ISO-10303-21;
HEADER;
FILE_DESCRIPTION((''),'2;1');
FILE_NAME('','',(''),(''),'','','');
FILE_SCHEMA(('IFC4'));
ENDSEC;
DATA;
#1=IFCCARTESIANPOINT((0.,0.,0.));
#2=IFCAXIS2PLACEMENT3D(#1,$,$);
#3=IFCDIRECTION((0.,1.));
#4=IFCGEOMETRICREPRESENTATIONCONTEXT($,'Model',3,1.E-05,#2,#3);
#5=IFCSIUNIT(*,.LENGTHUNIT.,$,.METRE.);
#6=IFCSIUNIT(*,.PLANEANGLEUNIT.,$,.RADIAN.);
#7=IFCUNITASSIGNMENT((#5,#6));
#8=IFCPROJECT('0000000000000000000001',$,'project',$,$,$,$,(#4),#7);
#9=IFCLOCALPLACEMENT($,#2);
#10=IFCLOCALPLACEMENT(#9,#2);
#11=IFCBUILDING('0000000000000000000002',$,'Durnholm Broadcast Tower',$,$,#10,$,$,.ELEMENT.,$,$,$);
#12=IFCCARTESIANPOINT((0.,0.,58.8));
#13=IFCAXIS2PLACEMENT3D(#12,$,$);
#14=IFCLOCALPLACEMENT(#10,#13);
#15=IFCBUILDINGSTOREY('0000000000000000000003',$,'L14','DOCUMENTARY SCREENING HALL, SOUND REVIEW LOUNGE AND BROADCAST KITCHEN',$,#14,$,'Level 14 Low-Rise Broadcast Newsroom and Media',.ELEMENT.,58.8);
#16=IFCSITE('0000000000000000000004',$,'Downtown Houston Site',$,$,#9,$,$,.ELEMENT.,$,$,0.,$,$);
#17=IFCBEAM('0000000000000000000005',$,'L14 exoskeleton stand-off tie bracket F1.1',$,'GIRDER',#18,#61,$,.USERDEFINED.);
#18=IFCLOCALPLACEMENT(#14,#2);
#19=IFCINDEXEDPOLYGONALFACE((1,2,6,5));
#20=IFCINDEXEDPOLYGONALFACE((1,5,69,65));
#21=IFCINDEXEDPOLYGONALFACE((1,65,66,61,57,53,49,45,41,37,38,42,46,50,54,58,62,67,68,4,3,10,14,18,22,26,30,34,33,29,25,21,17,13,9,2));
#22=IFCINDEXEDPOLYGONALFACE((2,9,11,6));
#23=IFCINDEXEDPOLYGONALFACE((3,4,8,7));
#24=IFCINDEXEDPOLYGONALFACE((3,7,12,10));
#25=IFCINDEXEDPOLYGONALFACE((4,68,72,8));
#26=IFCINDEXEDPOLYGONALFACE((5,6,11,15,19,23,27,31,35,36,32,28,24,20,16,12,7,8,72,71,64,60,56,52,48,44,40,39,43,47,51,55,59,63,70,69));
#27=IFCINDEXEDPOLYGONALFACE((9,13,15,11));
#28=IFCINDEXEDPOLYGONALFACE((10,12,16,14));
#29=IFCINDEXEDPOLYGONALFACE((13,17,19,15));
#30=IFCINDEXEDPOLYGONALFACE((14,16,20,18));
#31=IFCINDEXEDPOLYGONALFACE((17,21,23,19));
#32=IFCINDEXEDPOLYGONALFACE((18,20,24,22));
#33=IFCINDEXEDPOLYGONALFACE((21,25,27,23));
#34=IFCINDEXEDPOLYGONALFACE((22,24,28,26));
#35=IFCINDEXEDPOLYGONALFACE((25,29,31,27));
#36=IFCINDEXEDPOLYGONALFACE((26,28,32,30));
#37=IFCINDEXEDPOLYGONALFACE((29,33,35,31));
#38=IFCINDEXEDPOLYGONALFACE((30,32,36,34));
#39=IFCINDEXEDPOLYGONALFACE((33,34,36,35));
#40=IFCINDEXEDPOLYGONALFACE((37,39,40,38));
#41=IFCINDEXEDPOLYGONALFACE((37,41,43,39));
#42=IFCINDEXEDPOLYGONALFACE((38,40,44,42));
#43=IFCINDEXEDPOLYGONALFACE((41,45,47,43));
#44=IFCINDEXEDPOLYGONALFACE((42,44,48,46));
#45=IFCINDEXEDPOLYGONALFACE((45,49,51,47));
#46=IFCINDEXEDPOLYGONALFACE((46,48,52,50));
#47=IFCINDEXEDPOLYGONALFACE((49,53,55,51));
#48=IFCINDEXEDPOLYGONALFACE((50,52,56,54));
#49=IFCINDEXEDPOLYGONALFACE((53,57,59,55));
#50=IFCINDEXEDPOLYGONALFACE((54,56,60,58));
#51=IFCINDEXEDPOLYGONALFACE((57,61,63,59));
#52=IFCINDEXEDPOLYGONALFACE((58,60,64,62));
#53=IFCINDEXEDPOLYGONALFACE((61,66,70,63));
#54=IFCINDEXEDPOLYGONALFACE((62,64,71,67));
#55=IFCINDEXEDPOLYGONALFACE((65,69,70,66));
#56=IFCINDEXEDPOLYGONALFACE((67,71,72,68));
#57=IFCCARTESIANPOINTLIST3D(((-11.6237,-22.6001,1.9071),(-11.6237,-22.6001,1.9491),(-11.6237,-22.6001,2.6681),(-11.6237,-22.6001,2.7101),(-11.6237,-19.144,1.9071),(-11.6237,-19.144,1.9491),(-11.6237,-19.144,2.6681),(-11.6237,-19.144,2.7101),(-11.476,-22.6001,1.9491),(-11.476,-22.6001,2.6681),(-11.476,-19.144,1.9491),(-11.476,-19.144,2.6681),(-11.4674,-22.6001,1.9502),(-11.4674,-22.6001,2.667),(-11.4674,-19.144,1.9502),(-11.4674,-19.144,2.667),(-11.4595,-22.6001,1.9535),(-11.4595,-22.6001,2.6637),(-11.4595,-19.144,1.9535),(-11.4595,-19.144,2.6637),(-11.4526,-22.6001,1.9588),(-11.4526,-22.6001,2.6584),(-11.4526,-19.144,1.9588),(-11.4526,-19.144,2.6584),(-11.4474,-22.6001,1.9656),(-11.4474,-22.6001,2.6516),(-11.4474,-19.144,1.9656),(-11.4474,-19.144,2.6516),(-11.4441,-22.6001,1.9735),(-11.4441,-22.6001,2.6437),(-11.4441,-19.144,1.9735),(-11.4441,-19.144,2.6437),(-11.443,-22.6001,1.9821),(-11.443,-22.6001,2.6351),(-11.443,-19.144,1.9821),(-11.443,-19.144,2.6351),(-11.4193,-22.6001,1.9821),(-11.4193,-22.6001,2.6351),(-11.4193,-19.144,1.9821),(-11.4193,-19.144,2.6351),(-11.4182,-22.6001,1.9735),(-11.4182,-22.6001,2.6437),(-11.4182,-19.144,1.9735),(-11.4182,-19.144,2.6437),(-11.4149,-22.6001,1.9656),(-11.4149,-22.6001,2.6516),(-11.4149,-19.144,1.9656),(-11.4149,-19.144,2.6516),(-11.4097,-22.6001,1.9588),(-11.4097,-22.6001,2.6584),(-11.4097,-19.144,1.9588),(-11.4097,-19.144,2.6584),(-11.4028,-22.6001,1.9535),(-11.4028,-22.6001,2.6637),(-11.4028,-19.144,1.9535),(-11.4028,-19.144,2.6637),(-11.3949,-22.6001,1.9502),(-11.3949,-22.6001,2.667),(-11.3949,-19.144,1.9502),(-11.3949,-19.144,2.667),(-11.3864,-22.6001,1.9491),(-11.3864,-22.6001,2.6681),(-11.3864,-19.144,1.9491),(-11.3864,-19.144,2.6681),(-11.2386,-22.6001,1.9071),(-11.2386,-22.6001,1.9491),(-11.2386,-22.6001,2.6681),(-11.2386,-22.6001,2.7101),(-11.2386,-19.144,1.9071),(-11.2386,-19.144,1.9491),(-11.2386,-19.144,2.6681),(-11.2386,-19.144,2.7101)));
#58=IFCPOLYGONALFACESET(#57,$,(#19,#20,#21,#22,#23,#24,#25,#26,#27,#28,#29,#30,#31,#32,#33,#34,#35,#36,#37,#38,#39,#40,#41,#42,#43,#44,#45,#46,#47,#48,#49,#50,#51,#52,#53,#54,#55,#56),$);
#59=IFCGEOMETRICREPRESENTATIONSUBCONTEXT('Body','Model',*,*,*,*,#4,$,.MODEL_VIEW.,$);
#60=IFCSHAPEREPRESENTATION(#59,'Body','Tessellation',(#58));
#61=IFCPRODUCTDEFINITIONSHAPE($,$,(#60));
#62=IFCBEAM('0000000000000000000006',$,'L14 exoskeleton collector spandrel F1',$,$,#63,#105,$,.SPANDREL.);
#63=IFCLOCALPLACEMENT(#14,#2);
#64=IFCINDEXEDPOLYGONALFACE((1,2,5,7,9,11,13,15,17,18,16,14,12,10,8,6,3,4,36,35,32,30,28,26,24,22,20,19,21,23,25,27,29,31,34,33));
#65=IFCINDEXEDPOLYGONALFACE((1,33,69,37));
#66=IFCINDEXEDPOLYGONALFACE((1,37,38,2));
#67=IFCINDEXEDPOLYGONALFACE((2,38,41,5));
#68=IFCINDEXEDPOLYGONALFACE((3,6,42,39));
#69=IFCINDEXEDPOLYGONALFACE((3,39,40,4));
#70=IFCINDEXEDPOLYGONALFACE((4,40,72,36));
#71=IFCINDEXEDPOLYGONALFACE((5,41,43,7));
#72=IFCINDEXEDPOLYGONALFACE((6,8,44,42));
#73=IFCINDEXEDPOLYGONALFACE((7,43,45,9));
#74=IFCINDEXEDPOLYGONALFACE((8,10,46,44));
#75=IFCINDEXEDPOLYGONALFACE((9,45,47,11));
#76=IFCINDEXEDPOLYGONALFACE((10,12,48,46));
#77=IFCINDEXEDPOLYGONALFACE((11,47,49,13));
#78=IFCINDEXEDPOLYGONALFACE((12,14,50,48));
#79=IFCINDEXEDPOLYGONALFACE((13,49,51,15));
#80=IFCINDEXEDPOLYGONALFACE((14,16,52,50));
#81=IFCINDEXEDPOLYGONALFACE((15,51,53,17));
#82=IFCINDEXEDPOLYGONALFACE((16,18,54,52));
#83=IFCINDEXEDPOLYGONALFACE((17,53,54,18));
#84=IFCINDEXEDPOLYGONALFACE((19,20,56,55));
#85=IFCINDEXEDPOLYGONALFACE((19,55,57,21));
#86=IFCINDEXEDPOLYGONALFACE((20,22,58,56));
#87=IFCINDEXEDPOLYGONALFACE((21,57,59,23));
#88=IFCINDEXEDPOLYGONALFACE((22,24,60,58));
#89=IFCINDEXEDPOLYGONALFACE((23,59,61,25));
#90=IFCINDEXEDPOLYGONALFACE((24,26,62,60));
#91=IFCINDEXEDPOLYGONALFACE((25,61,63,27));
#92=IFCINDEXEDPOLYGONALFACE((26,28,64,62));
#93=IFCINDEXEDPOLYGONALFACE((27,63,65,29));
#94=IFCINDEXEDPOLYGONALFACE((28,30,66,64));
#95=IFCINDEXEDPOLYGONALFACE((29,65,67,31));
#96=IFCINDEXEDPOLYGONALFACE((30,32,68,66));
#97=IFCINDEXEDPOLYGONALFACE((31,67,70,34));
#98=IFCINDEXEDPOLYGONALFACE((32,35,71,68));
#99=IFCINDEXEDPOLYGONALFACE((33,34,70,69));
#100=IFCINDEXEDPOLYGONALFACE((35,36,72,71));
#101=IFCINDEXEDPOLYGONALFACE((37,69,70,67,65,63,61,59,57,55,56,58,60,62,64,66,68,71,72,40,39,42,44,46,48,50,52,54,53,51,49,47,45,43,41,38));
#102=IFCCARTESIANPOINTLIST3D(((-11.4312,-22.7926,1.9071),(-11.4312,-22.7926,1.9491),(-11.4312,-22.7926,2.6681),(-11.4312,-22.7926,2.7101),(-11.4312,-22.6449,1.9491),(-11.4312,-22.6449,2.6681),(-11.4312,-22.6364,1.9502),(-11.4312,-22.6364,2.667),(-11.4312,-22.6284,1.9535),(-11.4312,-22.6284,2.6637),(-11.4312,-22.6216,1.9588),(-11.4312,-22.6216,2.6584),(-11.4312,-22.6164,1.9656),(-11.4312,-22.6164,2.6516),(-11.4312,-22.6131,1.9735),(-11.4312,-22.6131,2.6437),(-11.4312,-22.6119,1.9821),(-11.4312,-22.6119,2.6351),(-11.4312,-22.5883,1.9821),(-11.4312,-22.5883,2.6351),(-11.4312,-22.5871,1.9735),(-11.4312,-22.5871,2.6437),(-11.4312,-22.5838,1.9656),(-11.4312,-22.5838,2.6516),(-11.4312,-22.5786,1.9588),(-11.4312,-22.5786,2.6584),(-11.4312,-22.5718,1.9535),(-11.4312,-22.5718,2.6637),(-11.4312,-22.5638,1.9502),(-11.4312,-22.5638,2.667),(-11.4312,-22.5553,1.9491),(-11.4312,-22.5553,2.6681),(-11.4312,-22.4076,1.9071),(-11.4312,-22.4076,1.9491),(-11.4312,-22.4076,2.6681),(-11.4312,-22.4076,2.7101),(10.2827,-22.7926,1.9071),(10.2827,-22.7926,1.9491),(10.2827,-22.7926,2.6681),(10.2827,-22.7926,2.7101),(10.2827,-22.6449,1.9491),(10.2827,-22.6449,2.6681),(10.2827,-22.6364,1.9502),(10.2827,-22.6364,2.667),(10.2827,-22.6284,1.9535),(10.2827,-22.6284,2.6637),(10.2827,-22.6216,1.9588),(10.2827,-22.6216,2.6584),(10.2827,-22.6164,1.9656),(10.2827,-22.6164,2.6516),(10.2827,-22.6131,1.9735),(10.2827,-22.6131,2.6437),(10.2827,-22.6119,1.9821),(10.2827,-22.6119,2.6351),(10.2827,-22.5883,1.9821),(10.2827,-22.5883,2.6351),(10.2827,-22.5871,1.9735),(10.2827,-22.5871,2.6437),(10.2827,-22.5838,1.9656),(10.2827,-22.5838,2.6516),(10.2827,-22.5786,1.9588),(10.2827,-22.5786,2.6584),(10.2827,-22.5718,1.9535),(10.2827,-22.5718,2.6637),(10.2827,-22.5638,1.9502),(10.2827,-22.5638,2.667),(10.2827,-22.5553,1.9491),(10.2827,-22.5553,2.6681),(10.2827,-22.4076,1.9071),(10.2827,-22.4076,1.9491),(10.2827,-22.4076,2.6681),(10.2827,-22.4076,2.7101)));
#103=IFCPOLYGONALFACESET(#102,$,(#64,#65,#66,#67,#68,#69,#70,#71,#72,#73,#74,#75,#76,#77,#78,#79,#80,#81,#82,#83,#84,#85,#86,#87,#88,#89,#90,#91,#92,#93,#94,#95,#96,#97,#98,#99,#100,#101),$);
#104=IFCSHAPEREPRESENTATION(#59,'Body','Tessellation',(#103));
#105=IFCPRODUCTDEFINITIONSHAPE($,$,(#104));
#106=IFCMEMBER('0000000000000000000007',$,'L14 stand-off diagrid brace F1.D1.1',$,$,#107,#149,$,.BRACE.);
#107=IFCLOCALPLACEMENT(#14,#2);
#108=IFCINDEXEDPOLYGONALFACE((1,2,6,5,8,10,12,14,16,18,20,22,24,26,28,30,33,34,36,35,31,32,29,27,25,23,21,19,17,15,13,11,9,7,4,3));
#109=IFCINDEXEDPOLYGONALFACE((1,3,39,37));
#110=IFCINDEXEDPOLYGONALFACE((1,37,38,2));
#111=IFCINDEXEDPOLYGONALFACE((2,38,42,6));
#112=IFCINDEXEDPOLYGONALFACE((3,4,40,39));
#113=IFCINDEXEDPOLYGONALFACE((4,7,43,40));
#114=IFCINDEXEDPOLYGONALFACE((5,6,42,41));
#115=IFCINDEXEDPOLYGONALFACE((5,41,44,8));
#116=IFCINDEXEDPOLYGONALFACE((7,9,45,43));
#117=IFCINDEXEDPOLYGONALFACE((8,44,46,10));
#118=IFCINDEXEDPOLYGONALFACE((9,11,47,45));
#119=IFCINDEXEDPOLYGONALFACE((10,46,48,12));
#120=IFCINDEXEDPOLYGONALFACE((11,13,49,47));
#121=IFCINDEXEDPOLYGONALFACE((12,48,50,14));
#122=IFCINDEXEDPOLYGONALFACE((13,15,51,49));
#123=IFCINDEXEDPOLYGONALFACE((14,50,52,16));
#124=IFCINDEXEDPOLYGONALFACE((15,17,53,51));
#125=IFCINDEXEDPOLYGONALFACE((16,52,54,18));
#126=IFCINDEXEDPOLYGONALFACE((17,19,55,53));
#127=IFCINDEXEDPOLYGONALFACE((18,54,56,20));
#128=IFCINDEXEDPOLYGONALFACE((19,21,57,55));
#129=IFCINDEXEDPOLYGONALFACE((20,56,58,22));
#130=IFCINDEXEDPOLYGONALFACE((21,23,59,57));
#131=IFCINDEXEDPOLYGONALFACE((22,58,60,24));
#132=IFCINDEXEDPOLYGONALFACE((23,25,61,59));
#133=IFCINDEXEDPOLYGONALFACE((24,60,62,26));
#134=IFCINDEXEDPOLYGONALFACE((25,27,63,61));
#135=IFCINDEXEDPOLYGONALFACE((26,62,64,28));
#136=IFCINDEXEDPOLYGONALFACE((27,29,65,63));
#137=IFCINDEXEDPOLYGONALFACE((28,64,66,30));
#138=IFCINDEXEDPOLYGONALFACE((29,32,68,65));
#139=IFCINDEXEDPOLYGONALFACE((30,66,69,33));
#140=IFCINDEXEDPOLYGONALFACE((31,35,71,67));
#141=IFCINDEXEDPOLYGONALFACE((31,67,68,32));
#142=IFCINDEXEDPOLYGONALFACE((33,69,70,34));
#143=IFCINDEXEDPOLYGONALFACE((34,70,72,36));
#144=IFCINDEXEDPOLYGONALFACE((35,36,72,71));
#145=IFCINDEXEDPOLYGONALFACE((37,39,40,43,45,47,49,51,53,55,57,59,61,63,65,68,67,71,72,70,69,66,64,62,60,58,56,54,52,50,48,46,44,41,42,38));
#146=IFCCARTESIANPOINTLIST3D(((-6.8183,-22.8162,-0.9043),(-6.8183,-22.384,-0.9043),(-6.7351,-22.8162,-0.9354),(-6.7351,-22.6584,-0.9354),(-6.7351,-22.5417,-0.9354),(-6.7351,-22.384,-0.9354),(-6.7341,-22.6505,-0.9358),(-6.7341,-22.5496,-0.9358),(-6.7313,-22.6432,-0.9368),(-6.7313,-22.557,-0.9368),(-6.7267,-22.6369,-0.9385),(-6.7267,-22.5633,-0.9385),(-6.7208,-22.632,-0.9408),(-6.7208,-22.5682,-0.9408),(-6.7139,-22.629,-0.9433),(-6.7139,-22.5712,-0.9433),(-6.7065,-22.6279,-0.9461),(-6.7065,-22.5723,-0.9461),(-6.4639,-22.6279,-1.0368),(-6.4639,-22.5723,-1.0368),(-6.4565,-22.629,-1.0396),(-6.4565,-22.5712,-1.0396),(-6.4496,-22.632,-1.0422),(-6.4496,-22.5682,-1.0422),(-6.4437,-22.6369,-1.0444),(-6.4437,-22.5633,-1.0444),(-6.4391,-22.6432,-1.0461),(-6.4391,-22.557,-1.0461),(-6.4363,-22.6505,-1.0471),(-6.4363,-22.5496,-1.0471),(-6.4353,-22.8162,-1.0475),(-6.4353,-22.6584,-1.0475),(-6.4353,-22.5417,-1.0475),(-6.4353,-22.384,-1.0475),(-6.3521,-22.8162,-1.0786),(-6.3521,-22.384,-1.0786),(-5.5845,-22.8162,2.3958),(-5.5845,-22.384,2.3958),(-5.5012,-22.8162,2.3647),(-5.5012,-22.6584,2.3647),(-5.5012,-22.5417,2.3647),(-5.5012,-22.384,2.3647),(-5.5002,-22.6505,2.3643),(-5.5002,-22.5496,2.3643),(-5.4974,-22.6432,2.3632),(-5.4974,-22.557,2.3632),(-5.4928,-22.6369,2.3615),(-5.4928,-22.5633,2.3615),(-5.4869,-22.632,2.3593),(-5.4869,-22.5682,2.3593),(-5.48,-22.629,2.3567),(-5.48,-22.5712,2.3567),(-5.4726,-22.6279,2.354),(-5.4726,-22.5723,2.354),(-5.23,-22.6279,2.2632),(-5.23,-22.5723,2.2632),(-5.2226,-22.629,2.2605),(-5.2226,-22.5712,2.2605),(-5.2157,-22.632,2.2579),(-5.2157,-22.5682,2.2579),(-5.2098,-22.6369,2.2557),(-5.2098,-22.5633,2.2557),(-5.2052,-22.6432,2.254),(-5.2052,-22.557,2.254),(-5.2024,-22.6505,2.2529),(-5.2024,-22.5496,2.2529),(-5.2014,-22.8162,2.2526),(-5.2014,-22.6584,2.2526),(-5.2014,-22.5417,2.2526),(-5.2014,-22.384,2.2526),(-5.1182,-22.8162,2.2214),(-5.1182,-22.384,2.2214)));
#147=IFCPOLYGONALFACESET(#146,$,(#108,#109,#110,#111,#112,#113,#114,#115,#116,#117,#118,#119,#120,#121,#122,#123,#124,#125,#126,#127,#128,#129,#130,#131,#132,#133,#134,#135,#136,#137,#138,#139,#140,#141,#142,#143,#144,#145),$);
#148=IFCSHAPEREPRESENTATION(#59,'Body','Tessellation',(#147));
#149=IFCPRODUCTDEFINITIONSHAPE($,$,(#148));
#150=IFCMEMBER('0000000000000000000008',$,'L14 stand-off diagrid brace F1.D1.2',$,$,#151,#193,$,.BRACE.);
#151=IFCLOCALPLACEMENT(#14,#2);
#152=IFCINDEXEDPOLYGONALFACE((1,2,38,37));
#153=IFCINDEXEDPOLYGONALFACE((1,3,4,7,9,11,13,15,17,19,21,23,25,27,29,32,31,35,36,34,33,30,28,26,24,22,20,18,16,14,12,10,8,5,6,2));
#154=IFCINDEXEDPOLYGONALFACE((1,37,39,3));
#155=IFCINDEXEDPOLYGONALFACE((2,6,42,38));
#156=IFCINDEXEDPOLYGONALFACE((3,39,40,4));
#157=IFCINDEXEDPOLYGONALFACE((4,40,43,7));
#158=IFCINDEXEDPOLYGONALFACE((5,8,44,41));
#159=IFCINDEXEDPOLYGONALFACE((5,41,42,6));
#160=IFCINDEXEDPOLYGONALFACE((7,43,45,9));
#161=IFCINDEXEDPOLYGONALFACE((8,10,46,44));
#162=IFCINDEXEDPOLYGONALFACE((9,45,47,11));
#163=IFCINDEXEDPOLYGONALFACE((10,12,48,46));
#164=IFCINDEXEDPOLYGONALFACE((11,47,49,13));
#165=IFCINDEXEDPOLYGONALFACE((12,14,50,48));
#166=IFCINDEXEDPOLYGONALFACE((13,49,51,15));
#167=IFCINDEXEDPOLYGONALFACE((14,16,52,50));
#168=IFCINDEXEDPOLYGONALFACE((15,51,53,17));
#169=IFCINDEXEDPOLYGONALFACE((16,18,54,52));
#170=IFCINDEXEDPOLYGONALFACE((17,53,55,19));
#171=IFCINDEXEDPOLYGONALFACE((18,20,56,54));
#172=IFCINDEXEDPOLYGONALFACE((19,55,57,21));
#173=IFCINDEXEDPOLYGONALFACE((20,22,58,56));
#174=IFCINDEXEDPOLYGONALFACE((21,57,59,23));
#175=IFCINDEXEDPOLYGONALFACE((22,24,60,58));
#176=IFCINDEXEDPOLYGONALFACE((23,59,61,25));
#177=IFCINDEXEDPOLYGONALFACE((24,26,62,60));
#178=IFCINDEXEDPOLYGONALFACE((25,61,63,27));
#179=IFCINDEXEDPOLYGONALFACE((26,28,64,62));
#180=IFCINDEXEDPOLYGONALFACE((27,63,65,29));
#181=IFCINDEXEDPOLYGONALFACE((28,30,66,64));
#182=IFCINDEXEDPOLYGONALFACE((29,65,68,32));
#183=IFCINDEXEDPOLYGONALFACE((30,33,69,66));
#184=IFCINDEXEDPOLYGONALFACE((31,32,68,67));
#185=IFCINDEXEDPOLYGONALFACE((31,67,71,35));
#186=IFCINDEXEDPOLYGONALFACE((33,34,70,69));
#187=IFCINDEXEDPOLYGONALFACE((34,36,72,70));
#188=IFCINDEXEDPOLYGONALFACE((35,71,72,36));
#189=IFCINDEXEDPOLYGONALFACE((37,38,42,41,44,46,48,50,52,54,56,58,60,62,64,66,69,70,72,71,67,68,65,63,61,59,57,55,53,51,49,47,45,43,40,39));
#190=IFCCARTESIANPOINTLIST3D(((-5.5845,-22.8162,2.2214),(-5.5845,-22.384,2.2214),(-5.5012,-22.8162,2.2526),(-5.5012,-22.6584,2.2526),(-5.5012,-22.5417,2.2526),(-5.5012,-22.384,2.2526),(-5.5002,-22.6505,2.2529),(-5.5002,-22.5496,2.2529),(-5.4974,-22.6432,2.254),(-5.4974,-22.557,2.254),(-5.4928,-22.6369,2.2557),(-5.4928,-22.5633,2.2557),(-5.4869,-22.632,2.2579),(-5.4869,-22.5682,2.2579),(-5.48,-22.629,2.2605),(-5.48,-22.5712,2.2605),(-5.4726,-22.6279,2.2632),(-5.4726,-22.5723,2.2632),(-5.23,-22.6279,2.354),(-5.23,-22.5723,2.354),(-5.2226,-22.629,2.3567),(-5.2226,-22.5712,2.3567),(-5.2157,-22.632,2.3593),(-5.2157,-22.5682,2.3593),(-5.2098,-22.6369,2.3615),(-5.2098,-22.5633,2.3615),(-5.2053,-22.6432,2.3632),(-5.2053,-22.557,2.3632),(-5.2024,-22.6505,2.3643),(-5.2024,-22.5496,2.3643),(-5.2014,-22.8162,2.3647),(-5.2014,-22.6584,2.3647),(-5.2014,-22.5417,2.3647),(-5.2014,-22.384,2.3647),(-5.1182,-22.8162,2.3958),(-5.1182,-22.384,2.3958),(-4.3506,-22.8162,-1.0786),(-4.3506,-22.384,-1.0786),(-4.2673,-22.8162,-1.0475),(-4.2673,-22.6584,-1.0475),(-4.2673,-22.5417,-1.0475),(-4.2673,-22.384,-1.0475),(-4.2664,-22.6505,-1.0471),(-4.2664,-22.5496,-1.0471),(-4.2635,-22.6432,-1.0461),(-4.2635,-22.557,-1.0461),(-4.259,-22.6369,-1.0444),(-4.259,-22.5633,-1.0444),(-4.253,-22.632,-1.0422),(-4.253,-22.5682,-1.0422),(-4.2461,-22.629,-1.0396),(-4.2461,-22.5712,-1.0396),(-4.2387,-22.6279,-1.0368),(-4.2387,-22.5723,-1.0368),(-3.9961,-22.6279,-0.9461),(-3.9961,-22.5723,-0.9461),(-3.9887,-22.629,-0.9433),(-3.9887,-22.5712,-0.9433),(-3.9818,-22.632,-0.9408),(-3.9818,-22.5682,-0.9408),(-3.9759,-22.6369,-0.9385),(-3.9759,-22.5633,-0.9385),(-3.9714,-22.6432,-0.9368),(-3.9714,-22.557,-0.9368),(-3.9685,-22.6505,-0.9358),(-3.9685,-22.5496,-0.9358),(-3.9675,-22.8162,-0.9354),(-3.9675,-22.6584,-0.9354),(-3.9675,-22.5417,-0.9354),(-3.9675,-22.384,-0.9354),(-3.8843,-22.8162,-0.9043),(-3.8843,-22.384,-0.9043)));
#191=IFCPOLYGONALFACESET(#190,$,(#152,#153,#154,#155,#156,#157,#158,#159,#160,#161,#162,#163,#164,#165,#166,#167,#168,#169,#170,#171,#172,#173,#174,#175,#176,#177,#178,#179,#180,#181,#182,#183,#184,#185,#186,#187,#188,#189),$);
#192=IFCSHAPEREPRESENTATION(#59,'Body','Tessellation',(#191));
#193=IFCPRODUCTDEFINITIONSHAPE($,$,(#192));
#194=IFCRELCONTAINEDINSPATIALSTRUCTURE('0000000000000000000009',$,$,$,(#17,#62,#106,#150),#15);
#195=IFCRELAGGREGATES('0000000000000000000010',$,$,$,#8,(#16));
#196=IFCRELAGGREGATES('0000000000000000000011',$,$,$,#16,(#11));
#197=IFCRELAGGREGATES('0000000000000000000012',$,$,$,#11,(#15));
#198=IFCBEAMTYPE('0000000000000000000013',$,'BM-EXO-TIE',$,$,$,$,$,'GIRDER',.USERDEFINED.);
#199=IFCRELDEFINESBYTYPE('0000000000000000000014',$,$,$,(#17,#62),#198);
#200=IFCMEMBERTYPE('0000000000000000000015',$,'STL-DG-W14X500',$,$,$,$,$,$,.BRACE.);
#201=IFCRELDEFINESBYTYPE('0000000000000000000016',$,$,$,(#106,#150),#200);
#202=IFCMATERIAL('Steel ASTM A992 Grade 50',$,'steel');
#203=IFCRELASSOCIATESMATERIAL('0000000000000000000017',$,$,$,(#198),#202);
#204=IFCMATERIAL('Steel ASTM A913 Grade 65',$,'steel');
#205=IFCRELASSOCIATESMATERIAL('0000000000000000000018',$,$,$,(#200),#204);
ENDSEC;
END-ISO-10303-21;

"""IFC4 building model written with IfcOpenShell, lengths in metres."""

from ifc_helpers import new_model, si_unit, direction, frame, origin, origin_2d, place, context, subcontext, project, spatial, i_section, extrude, source, transform, mapped, material, material_profile, profile_set, type_object, type_shapes, element, save


model = new_model("IFC4")

# Units and contexts
model_context = context("Model", 3, precision=1e-05, world=origin(), true_north=direction((0.0, 1.0)))
body_context = subcontext(model_context, "Body", "Model", "MODEL_VIEW")
ifc_project = project(units=[si_unit("LENGTHUNIT", "METRE"), si_unit("PLANEANGLEUNIT", "RADIAN")], contexts=[model_context])

# Site, building, storey
site_placement = place(None, origin())
site = spatial("IfcSite", under=ifc_project, at=site_placement, Name="Downtown Houston Site", CompositionType="ELEMENT", RefElevation=0.0)
building_placement = place(site_placement, origin())
building = spatial("IfcBuilding", under=site, at=building_placement, Name="Durnholm Broadcast Tower", CompositionType="ELEMENT")
storey_placement = place(building_placement, frame((0.0, 0.0, 58.8)))
storey = spatial("IfcBuildingStorey", under=building, at=storey_placement, Name="L14", Description="DOCUMENTARY SCREENING HALL, SOUND REVIEW LOUNGE AND BROADCAST KITCHEN", LongName="Level 14 Low-Rise Broadcast Newsroom and Media", CompositionType="ELEMENT", Elevation=58.8)

# Beams
ifc_material_1 = material(Name="Steel ASTM A992 Grade 50", Category="steel")
ifc_material_profile_1 = material_profile(ifc_material_1, i_section(OverallWidth=0.385, OverallDepth=0.803, WebThickness=0.0237, FlangeThickness=0.042, FilletRadius=0.033, at=origin_2d()), Name="W30X261")
ifc_profile_set_1 = profile_set([ifc_material_profile_1], Name="Steel ASTM A992 Grade 50")
beam_type_1 = type_object("IfcBeamType", Name="BM-EXO-TIE", ElementType="GIRDER", PredefinedType="USERDEFINED", material=ifc_profile_set_1)
shared_shape_1 = source(origin(), body_context, "Body", "SweptSolid", [
    extrude(i_section(OverallWidth=0.385, OverallDepth=0.803, WebThickness=0.0237, FlangeThickness=0.042, FilletRadius=0.033, at=origin_2d()), origin(), (0.0, 0.0, 1.0), 3.4561),
])
beam_1_placement = place(storey_placement, frame((-11.4312, -19.144, 2.3086), z_axis=(0.0, -1.0, 0.0), x_axis=(1.0, 0.0, 0.0)))
element("IfcBeam", 1, at=beam_1_placement, inside=storey, type_object=beam_type_1, Name="L14 exoskeleton stand-off tie bracket F1.1", ObjectType="GIRDER", PredefinedType="USERDEFINED", context=body_context, shape_type="MappedRepresentation", body=[
    mapped(shared_shape_1, transform((0.0, 0.0, 0.0), x_axis=(1.0, 0.0, 0.0), y_axis=(0.0, 1.0, 0.0), z_axis=(0.0, 0.0, 1.0), scale=1.0)),
])
shared_shape_2 = source(origin(), body_context, "Body", "SweptSolid", [
    extrude(i_section(OverallWidth=0.385, OverallDepth=0.803, WebThickness=0.0237, FlangeThickness=0.042, FilletRadius=0.033, at=origin_2d()), origin(), (0.0, 0.0, 1.0), 21.7139),
])
type_shapes(beam_type_1, [shared_shape_1, shared_shape_2])
beam_2_placement = place(storey_placement, frame((-11.4312, -22.6001, 2.3086), z_axis=(1.0, 0.0, 0.0), x_axis=(0.0, 1.0, 0.0)))
element("IfcBeam", 2, at=beam_2_placement, inside=storey, type_object=beam_type_1, Name="L14 exoskeleton collector spandrel F1", PredefinedType="SPANDREL", context=body_context, shape_type="MappedRepresentation", body=[
    mapped(shared_shape_2, transform((0.0, 0.0, 0.0), x_axis=(1.0, 0.0, 0.0), y_axis=(0.0, 1.0, 0.0), z_axis=(0.0, 0.0, 1.0), scale=1.0)),
])

# Members
ifc_material_2 = material(Name="Steel ASTM A913 Grade 65", Category="steel")
ifc_material_profile_2 = material_profile(ifc_material_2, i_section(OverallWidth=0.4321, OverallDepth=0.4978, WebThickness=0.0557, FlangeThickness=0.0889, FilletRadius=0.0305, at=origin_2d()), Name="W14X500")
ifc_profile_set_2 = profile_set([ifc_material_profile_2], Name="Steel ASTM A913 Grade 65")
member_type_1 = type_object("IfcMemberType", Name="STL-DG-W14X500", PredefinedType="BRACE", material=ifc_profile_set_2)
shared_shape_3 = source(origin(), body_context, "Body", "SweptSolid", [
    extrude(i_section(OverallWidth=0.4321, OverallDepth=0.4978, WebThickness=0.0557, FlangeThickness=0.0889, FilletRadius=0.0305, at=origin_2d()), origin(), (0.0, 0.0, 1.0), 3.5232),
])
type_shapes(member_type_1, [shared_shape_3])
for number, where, z_axis, x_axis, name in (
    (3, (-6.5852, -22.6001, -0.9915), (0.35022, 0.0, 0.936668), (0.0, 1.0, 0.0), "L14 stand-off diagrid brace F1.D1.1"),
    (4, (-4.1174, -22.6001, -0.9915), (-0.35022, 0.0, 0.936668), (0.0, -1.0, 0.0), "L14 stand-off diagrid brace F1.D1.2"),
):
    element("IfcMember", number, at=place(storey_placement, frame(where, z_axis=z_axis, x_axis=x_axis)), inside=storey, type_object=member_type_1, Name=name, PredefinedType="BRACE", context=body_context, shape_type="MappedRepresentation", body=[
        mapped(shared_shape_3, transform((0.0, 0.0, 0.0), x_axis=(1.0, 0.0, 0.0), y_axis=(0.0, 1.0, 0.0), z_axis=(0.0, 0.0, 1.0), scale=1.0)),
    ])

save(model, "model.ifc")
